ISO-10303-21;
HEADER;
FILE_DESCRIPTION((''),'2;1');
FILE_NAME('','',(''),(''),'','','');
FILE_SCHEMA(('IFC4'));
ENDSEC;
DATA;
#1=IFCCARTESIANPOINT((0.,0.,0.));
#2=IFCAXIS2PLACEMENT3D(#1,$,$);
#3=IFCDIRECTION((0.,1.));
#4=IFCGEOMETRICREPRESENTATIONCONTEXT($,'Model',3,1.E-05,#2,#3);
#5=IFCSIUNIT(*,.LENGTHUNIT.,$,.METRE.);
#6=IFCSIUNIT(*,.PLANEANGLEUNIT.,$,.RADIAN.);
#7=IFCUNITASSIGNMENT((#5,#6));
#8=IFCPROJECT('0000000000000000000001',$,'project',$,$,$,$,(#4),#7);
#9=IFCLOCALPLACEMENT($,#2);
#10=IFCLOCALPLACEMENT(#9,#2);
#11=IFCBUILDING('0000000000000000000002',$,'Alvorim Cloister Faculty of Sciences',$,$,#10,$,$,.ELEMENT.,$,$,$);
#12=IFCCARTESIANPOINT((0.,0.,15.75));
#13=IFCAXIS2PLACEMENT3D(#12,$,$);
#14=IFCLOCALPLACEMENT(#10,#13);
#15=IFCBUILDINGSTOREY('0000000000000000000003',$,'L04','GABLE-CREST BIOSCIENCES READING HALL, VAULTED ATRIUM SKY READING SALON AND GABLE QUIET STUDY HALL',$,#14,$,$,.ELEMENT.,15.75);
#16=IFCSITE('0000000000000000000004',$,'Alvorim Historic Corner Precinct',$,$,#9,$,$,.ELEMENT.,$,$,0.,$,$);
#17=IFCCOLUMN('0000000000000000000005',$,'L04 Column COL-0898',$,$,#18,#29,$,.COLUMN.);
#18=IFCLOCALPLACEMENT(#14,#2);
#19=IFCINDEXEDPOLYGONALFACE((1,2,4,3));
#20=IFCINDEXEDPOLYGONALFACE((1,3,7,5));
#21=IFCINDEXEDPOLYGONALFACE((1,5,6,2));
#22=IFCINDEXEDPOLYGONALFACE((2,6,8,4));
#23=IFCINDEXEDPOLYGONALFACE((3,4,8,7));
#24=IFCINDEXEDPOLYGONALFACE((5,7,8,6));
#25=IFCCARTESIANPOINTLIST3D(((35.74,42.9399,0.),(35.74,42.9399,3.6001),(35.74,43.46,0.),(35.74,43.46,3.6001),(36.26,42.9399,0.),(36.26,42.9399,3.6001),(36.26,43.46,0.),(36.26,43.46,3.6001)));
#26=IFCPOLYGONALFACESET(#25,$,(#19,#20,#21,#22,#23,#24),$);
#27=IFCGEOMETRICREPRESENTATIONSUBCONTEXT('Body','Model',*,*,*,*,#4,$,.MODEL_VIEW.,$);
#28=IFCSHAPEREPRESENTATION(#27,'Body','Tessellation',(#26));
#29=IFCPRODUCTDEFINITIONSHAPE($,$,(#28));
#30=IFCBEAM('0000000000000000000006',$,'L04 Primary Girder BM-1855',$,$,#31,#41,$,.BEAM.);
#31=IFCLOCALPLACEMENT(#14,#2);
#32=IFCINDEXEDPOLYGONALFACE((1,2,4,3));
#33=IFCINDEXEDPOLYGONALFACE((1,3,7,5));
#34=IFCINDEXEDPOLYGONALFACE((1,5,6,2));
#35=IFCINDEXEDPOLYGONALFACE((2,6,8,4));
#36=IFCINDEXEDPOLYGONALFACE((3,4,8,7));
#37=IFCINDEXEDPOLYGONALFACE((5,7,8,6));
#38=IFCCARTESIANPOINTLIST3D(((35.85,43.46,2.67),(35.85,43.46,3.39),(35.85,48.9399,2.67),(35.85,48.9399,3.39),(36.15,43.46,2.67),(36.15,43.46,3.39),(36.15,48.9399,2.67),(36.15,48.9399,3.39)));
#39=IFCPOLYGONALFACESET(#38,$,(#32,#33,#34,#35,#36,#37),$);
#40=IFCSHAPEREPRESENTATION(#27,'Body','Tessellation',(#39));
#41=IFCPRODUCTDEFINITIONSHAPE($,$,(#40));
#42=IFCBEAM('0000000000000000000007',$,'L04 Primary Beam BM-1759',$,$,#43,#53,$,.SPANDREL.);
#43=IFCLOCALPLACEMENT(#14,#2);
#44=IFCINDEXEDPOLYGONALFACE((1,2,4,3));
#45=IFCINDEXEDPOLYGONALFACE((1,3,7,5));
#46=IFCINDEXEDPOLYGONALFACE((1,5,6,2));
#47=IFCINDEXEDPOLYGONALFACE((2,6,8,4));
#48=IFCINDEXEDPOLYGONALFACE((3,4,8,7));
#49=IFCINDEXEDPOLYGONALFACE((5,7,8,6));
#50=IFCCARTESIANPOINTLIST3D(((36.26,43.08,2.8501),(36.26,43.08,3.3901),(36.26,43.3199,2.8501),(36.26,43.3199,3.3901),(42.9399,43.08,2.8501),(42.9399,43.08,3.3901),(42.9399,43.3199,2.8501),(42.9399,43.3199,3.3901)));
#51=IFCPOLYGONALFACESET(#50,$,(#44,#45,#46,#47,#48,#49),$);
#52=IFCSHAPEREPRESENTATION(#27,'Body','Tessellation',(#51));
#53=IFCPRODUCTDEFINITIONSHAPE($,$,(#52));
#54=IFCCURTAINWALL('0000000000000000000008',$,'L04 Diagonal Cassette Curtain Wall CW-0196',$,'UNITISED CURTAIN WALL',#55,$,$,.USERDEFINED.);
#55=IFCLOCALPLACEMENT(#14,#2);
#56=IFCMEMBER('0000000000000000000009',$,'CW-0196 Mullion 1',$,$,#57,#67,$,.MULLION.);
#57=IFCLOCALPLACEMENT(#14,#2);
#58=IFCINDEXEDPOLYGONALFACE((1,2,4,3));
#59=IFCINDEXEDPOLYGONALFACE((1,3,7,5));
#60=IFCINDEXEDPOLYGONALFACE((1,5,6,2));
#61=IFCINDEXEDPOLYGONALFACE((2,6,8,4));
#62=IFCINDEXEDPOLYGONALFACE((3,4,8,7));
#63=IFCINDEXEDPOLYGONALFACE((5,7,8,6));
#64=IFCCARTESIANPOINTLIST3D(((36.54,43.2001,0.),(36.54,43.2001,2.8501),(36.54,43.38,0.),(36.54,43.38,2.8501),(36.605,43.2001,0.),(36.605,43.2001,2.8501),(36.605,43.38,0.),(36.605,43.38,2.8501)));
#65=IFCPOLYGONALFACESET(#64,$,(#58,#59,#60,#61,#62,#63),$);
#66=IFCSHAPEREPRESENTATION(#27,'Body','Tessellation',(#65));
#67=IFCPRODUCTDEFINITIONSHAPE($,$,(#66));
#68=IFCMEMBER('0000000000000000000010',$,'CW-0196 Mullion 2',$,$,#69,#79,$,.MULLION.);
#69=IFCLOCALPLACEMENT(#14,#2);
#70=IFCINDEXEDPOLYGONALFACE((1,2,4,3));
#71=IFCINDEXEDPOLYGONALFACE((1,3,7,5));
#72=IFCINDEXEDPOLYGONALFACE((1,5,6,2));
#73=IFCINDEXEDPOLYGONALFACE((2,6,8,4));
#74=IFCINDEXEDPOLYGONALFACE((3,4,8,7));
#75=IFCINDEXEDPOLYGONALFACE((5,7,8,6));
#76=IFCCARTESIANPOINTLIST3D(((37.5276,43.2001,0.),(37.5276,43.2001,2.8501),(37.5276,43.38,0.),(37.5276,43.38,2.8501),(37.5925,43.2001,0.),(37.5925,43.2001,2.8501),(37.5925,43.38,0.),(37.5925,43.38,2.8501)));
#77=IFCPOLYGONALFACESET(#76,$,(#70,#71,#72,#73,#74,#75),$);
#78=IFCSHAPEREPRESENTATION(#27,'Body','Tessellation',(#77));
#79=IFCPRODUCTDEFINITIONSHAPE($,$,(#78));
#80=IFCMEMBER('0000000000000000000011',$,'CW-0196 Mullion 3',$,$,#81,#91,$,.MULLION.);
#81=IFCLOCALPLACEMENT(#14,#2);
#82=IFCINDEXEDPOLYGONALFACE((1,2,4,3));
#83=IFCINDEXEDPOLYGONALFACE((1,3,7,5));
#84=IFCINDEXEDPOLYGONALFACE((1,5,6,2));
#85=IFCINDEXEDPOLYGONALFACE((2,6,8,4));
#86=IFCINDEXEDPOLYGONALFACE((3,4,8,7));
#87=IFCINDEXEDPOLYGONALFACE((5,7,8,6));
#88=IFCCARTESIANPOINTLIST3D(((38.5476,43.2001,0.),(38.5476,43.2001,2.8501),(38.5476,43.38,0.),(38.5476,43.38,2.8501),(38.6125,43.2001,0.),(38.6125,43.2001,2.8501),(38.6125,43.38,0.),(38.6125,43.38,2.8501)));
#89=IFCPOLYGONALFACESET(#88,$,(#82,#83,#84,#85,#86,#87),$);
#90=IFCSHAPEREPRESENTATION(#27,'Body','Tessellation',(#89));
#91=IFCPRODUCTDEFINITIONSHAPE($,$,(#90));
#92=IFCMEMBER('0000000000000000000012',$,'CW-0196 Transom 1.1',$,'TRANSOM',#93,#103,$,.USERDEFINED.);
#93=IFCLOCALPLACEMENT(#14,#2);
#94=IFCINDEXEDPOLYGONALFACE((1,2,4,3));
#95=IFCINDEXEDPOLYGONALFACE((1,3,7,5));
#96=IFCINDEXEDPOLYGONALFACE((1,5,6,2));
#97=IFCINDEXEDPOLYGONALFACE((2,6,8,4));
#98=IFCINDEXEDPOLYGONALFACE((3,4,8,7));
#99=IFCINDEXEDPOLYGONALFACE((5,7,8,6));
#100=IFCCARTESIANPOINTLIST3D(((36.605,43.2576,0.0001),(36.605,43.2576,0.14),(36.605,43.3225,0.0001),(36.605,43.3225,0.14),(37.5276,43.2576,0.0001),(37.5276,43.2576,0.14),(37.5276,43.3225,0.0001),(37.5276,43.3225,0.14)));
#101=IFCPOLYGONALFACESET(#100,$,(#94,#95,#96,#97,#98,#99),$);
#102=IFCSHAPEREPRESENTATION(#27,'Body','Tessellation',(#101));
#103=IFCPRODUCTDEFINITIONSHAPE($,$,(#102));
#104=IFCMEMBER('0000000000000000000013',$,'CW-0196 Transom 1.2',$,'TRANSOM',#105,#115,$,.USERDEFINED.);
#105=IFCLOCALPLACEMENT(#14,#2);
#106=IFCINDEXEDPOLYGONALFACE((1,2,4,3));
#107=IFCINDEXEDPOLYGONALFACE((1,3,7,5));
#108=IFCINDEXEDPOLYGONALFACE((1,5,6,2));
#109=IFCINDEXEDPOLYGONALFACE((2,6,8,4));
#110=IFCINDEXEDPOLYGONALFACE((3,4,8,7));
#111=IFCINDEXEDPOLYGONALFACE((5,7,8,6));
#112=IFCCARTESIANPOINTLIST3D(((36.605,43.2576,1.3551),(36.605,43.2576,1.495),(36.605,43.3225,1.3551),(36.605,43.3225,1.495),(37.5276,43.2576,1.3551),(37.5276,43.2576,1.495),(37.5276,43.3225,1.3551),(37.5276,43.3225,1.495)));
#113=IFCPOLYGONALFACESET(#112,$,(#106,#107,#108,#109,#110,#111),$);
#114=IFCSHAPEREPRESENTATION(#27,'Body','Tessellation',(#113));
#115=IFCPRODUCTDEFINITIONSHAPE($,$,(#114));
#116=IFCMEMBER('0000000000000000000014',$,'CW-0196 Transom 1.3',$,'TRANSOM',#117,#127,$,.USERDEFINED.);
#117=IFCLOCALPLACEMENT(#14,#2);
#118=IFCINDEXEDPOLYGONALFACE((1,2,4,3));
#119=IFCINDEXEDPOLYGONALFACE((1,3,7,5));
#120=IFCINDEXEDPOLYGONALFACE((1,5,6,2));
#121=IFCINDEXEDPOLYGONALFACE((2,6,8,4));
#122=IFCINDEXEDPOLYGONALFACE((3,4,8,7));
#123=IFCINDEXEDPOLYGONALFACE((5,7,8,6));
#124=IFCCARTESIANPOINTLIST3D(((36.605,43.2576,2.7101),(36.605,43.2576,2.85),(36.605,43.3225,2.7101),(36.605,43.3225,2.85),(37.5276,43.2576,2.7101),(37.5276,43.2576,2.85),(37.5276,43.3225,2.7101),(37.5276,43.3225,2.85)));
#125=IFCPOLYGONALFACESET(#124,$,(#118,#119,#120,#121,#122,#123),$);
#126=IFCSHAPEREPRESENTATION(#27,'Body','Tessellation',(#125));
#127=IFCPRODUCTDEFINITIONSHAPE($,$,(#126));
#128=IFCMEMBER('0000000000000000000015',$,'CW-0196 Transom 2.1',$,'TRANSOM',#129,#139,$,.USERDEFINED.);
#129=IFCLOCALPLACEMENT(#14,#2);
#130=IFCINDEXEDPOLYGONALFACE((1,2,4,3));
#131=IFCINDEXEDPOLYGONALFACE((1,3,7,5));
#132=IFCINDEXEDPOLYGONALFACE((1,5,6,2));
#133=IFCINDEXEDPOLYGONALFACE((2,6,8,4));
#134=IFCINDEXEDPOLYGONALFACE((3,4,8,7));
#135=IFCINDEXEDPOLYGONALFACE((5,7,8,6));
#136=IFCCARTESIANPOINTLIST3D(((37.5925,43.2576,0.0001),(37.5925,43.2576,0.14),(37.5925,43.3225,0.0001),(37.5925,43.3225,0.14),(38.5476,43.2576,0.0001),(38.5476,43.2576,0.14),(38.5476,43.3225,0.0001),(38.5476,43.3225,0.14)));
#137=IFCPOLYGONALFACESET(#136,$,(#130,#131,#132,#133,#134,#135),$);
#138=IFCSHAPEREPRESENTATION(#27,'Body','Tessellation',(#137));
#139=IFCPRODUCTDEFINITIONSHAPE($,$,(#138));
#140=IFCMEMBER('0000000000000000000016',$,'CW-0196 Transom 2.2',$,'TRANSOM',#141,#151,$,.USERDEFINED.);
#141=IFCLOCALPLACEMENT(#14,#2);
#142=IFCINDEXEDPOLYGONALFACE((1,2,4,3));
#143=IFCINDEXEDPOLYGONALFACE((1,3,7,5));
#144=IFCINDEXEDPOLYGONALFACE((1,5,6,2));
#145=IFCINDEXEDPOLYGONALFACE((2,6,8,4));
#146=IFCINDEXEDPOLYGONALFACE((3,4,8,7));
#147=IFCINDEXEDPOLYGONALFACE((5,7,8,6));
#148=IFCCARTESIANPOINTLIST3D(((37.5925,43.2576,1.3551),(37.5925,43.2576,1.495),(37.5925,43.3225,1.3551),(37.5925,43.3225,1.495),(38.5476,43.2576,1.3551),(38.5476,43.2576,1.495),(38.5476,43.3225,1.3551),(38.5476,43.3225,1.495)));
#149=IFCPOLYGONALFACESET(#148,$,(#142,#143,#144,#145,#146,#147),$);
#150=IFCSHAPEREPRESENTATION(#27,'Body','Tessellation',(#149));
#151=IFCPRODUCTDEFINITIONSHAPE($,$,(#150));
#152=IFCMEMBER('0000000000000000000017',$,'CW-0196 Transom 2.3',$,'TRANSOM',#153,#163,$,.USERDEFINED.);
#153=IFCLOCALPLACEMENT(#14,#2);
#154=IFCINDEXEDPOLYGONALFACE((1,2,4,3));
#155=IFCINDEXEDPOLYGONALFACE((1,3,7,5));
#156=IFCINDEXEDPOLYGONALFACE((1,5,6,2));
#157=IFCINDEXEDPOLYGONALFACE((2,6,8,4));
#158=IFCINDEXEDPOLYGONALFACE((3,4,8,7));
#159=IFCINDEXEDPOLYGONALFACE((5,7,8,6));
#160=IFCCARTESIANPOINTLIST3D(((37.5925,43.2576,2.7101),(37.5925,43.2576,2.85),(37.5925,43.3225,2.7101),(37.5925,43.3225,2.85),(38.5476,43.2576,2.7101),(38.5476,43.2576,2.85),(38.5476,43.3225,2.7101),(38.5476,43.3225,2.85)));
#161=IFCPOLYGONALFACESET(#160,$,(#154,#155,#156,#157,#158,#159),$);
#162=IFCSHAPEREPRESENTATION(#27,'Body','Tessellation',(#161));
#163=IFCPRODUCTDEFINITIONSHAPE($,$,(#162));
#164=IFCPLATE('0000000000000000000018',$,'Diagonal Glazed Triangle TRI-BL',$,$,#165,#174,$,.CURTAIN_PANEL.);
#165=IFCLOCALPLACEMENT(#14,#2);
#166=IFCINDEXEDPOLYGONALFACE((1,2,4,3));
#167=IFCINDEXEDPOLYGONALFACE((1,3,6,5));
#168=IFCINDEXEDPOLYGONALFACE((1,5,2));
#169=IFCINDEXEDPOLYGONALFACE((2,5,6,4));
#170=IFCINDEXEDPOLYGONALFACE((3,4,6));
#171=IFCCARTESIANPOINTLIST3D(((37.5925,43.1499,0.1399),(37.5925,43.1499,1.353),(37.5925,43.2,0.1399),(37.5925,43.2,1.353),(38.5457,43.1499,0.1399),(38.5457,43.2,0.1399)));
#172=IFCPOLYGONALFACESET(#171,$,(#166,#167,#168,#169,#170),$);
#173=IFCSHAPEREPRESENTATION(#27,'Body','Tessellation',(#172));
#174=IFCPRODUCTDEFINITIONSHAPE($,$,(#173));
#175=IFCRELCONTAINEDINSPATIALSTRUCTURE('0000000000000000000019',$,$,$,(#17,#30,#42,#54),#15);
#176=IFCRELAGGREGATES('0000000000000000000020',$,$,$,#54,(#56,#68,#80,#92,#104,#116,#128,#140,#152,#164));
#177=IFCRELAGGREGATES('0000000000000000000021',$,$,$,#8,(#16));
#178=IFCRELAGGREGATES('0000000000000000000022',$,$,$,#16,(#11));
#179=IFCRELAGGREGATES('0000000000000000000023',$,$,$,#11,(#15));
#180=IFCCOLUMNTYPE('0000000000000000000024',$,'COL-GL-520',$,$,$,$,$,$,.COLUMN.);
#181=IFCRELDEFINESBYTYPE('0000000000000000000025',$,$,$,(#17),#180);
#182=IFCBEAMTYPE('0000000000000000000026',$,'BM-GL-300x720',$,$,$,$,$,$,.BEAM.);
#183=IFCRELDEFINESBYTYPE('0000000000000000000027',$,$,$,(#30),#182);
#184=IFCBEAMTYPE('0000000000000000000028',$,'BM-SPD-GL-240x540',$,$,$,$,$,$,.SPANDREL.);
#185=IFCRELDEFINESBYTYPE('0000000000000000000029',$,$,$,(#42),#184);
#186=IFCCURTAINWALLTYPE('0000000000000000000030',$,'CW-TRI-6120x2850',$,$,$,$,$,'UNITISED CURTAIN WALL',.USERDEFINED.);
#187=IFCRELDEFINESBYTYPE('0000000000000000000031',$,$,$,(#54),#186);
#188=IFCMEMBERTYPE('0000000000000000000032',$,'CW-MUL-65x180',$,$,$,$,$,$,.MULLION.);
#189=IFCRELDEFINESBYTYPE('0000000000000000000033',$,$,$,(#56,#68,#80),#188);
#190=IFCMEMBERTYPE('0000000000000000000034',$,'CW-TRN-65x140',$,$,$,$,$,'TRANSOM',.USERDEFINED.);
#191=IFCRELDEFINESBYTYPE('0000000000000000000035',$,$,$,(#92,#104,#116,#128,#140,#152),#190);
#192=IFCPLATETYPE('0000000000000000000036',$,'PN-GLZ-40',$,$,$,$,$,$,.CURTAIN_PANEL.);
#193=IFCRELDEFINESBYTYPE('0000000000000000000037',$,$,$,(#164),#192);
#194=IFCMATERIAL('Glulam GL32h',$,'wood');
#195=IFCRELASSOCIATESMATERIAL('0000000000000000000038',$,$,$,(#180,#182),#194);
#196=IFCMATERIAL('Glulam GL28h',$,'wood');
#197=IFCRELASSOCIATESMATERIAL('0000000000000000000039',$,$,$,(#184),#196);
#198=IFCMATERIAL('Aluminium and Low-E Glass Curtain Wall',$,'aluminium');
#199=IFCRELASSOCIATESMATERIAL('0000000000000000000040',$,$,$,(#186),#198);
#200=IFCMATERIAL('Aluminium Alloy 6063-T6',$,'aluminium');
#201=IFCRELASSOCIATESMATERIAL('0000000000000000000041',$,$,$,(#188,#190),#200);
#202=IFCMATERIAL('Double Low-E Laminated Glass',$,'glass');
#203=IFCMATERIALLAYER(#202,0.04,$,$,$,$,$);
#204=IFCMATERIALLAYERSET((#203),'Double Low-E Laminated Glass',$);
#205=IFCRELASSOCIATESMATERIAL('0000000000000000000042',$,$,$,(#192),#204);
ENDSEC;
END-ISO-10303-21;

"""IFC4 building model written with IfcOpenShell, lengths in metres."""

from ifc_helpers import new_model, si_unit, direction, frame, origin, origin_2d, place, context, subcontext, project, spatial, polyline, rectangle, outline, extrude, material, layer, layer_set, material_profile, profile_set, type_object, element, aggregate, save


model = new_model("IFC4")

# Units and contexts
model_context = context("Model", 3, precision=1e-05, world=origin(), true_north=direction((0.0, 1.0)))
body_context = subcontext(model_context, "Body", "Model", "MODEL_VIEW")
ifc_project = project(units=[si_unit("LENGTHUNIT", "METRE"), si_unit("PLANEANGLEUNIT", "RADIAN")], contexts=[model_context])

# Site, building, storey
site_placement = place(None, origin())
site = spatial("IfcSite", under=ifc_project, at=site_placement, Name="Alvorim Historic Corner Precinct", CompositionType="ELEMENT", RefElevation=0.0)
building_placement = place(site_placement, origin())
building = spatial("IfcBuilding", under=site, at=building_placement, Name="Alvorim Cloister Faculty of Sciences", CompositionType="ELEMENT")
storey_placement = place(building_placement, frame((0.0, 0.0, 15.75)))
storey = spatial("IfcBuildingStorey", under=building, at=storey_placement, Name="L04", Description="GABLE-CREST BIOSCIENCES READING HALL, VAULTED ATRIUM SKY READING SALON AND GABLE QUIET STUDY HALL", CompositionType="ELEMENT", Elevation=15.75)

# Column
ifc_material_1 = material(Name="Glulam GL32h", Category="wood")
ifc_material_profile_1 = material_profile(ifc_material_1, rectangle(XDim=0.52, YDim=0.52, at=origin_2d()), Name="GL32-COL-520x520")
ifc_profile_set_1 = profile_set([ifc_material_profile_1], Name="Glulam GL32h")
column_type = type_object("IfcColumnType", Name="COL-GL-520", PredefinedType="COLUMN", material=ifc_profile_set_1)
column_placement = place(storey_placement, frame((36.0, 43.2, 0.0), z_axis=(0.0, 0.0, 1.0), x_axis=(1.0, 0.0, 0.0)))
element("IfcColumn", 1, at=column_placement, inside=storey, type_object=column_type, Name="L04 Column COL-0898", PredefinedType="COLUMN", context=body_context, shape_type="SweptSolid", body=[
    extrude(rectangle(XDim=0.52, YDim=0.52, at=origin_2d()), origin(), (0.0, 0.0, 1.0), 3.6001),
])

# Beams
ifc_material_profile_2 = material_profile(ifc_material_1, rectangle(XDim=0.3, YDim=0.72, at=origin_2d()), Name="GL32-BM-300x720")
ifc_profile_set_2 = profile_set([ifc_material_profile_2], Name="Glulam GL32h")
beam_type_1 = type_object("IfcBeamType", Name="BM-GL-300x720", PredefinedType="BEAM", material=ifc_profile_set_2)
beam_1_placement = place(storey_placement, frame((36.0, 43.46, 3.03), z_axis=(0.0, 1.0, 0.0), x_axis=(-1.0, 0.0, 0.0)))
element("IfcBeam", 2, at=beam_1_placement, inside=storey, type_object=beam_type_1, Name="L04 Primary Girder BM-1855", PredefinedType="BEAM", context=body_context, shape_type="SweptSolid", body=[
    extrude(rectangle(XDim=0.3, YDim=0.72, at=origin_2d()), origin(), (0.0, 0.0, 1.0), 5.48),
])
ifc_material_2 = material(Name="Glulam GL28h", Category="wood")
ifc_material_profile_3 = material_profile(ifc_material_2, rectangle(XDim=0.24, YDim=0.54, at=origin_2d()), Name="GL28-SPD-240x540")
ifc_profile_set_3 = profile_set([ifc_material_profile_3], Name="Glulam GL28h")
beam_type_2 = type_object("IfcBeamType", Name="BM-SPD-GL-240x540", PredefinedType="SPANDREL", material=ifc_profile_set_3)
beam_2_placement = place(storey_placement, frame((36.26, 43.2, 3.1201), z_axis=(1.0, 0.0, 0.0), x_axis=(0.0, 1.0, 0.0)))
element("IfcBeam", 3, at=beam_2_placement, inside=storey, type_object=beam_type_2, Name="L04 Primary Beam BM-1759", PredefinedType="SPANDREL", context=body_context, shape_type="SweptSolid", body=[
    extrude(rectangle(XDim=0.24, YDim=0.54, at=origin_2d()), origin(), (0.0, 0.0, 1.0), 6.6799),
])

# Curtain wall, members, plate
ifc_material_3 = material(Name="Aluminium and Low-E Glass Curtain Wall", Category="aluminium")
curtain_wall_type = type_object("IfcCurtainWallType", Name="CW-TRI-6120x2850", ElementType="UNITISED CURTAIN WALL", PredefinedType="USERDEFINED", material=ifc_material_3)
curtain_wall_placement = place(storey_placement, origin())
curtain_wall = element("IfcCurtainWall", 4, at=curtain_wall_placement, inside=storey, type_object=curtain_wall_type, Name="L04 Diagonal Cassette Curtain Wall CW-0196", ObjectType="UNITISED CURTAIN WALL", PredefinedType="USERDEFINED")
ifc_material_4 = material(Name="Aluminium Alloy 6063-T6", Category="aluminium")
ifc_material_profile_4 = material_profile(ifc_material_4, rectangle(XDim=0.0649, YDim=0.1799, at=origin_2d()), Name="ALU-MUL-65x180")
ifc_profile_set_4 = profile_set([ifc_material_profile_4], Name="Aluminium Alloy 6063-T6")
member_type_1 = type_object("IfcMemberType", Name="CW-MUL-65x180", PredefinedType="MULLION", material=ifc_profile_set_4)
member_1_placement = place(storey_placement, frame((36.5725, 43.29, 0.0), z_axis=(0.0, 0.0, 1.0), x_axis=(1.0, 0.0, 0.0)))
member_1 = element("IfcMember", 5, at=member_1_placement, type_object=member_type_1, Name="CW-0196 Mullion 1", PredefinedType="MULLION", context=body_context, shape_type="SweptSolid", body=[
    extrude(rectangle(XDim=0.0649, YDim=0.1799, at=origin_2d()), origin(), (0.0, 0.0, 1.0), 2.8501),
])
member_2_placement = place(storey_placement, frame((37.5601, 43.29, 0.0), z_axis=(0.0, 0.0, 1.0), x_axis=(1.0, 0.0, 0.0)))
member_2 = element("IfcMember", 6, at=member_2_placement, type_object=member_type_1, Name="CW-0196 Mullion 2", PredefinedType="MULLION", context=body_context, shape_type="SweptSolid", body=[
    extrude(rectangle(XDim=0.0649, YDim=0.1799, at=origin_2d()), origin(), (0.0, 0.0, 1.0), 2.8501),
])
member_3_placement = place(storey_placement, frame((38.5801, 43.29, 0.0), z_axis=(0.0, 0.0, 1.0), x_axis=(1.0, 0.0, 0.0)))
member_3 = element("IfcMember", 7, at=member_3_placement, type_object=member_type_1, Name="CW-0196 Mullion 3", PredefinedType="MULLION", context=body_context, shape_type="SweptSolid", body=[
    extrude(rectangle(XDim=0.0649, YDim=0.1799, at=origin_2d()), origin(), (0.0, 0.0, 1.0), 2.8501),
])
ifc_material_profile_5 = material_profile(ifc_material_4, rectangle(XDim=0.0649, YDim=0.1399, at=origin_2d()), Name="ALU-TRN-65x140")
ifc_profile_set_5 = profile_set([ifc_material_profile_5], Name="Aluminium Alloy 6063-T6")
member_type_2 = type_object("IfcMemberType", Name="CW-TRN-65x140", ElementType="TRANSOM", PredefinedType="USERDEFINED", material=ifc_profile_set_5)
member_4_placement = place(storey_placement, frame((36.605, 43.29, 0.0701), z_axis=(1.0, 0.0, 0.0), x_axis=(0.0, 1.0, 0.0)))
member_4 = element("IfcMember", 8, at=member_4_placement, type_object=member_type_2, Name="CW-0196 Transom 1.1", ObjectType="TRANSOM", PredefinedType="USERDEFINED", context=body_context, shape_type="SweptSolid", body=[
    extrude(rectangle(XDim=0.0649, YDim=0.1399, at=origin_2d()), origin(), (0.0, 0.0, 1.0), 0.9226),
])
member_5_placement = place(storey_placement, frame((36.605, 43.29, 1.425), z_axis=(1.0, 0.0, 0.0), x_axis=(0.0, 1.0, 0.0)))
member_5 = element("IfcMember", 9, at=member_5_placement, type_object=member_type_2, Name="CW-0196 Transom 1.2", ObjectType="TRANSOM", PredefinedType="USERDEFINED", context=body_context, shape_type="SweptSolid", body=[
    extrude(rectangle(XDim=0.0649, YDim=0.1399, at=origin_2d()), origin(), (0.0, 0.0, 1.0), 0.9226),
])
member_6_placement = place(storey_placement, frame((36.605, 43.29, 2.78), z_axis=(1.0, 0.0, 0.0), x_axis=(0.0, 1.0, 0.0)))
member_6 = element("IfcMember", 10, at=member_6_placement, type_object=member_type_2, Name="CW-0196 Transom 1.3", ObjectType="TRANSOM", PredefinedType="USERDEFINED", context=body_context, shape_type="SweptSolid", body=[
    extrude(rectangle(XDim=0.0649, YDim=0.1399, at=origin_2d()), origin(), (0.0, 0.0, 1.0), 0.9226),
])
member_7_placement = place(storey_placement, frame((37.5925, 43.29, 0.0701), z_axis=(1.0, 0.0, 0.0), x_axis=(0.0, 1.0, 0.0)))
member_7 = element("IfcMember", 11, at=member_7_placement, type_object=member_type_2, Name="CW-0196 Transom 2.1", ObjectType="TRANSOM", PredefinedType="USERDEFINED", context=body_context, shape_type="SweptSolid", body=[
    extrude(rectangle(XDim=0.0649, YDim=0.1399, at=origin_2d()), origin(), (0.0, 0.0, 1.0), 0.9551),
])
member_8_placement = place(storey_placement, frame((37.5925, 43.29, 1.425), z_axis=(1.0, 0.0, 0.0), x_axis=(0.0, 1.0, 0.0)))
member_8 = element("IfcMember", 12, at=member_8_placement, type_object=member_type_2, Name="CW-0196 Transom 2.2", ObjectType="TRANSOM", PredefinedType="USERDEFINED", context=body_context, shape_type="SweptSolid", body=[
    extrude(rectangle(XDim=0.0649, YDim=0.1399, at=origin_2d()), origin(), (0.0, 0.0, 1.0), 0.9551),
])
member_9_placement = place(storey_placement, frame((37.5925, 43.29, 2.78), z_axis=(1.0, 0.0, 0.0), x_axis=(0.0, 1.0, 0.0)))
member_9 = element("IfcMember", 13, at=member_9_placement, type_object=member_type_2, Name="CW-0196 Transom 2.3", ObjectType="TRANSOM", PredefinedType="USERDEFINED", context=body_context, shape_type="SweptSolid", body=[
    extrude(rectangle(XDim=0.0649, YDim=0.1399, at=origin_2d()), origin(), (0.0, 0.0, 1.0), 0.9551),
])
ifc_material_5 = material(Name="Double Low-E Laminated Glass", Category="glass")
ifc_layer_1 = layer(ifc_material_5, 0.04)
ifc_layer_set_1 = layer_set([ifc_layer_1], Name="Double Low-E Laminated Glass")
plate_type = type_object("IfcPlateType", Name="PN-GLZ-40", PredefinedType="CURTAIN_PANEL", material=ifc_layer_set_1)
plate_1_placement = place(storey_placement, frame((37.5925, 43.175, 0.1399), z_axis=(0.0, 0.0, 1.0), x_axis=(1.0, 0.0, 0.0)))
plate_1 = element("IfcPlate", 14, at=plate_1_placement, type_object=plate_type, Name="Diagonal Glazed Triangle TRI-BL", PredefinedType="CURTAIN_PANEL", context=body_context, shape_type="SweptSolid", body=[
    extrude(outline(polyline([(0.0, 0.0), (0.9531, 0.0), (0.0, 1.2131), (0.0, 0.0)])), frame((0.0, 0.0249, 0.0), z_axis=(0.0, -1.0, 0.0), x_axis=(1.0, 0.0, 0.0)), (0.0, 0.0, 1.0), 0.05),
])
aggregate(curtain_wall, [member_1, member_2, member_3, member_4, member_5, member_6, member_7, member_8, member_9, plate_1])

save(model, "model.ifc")
